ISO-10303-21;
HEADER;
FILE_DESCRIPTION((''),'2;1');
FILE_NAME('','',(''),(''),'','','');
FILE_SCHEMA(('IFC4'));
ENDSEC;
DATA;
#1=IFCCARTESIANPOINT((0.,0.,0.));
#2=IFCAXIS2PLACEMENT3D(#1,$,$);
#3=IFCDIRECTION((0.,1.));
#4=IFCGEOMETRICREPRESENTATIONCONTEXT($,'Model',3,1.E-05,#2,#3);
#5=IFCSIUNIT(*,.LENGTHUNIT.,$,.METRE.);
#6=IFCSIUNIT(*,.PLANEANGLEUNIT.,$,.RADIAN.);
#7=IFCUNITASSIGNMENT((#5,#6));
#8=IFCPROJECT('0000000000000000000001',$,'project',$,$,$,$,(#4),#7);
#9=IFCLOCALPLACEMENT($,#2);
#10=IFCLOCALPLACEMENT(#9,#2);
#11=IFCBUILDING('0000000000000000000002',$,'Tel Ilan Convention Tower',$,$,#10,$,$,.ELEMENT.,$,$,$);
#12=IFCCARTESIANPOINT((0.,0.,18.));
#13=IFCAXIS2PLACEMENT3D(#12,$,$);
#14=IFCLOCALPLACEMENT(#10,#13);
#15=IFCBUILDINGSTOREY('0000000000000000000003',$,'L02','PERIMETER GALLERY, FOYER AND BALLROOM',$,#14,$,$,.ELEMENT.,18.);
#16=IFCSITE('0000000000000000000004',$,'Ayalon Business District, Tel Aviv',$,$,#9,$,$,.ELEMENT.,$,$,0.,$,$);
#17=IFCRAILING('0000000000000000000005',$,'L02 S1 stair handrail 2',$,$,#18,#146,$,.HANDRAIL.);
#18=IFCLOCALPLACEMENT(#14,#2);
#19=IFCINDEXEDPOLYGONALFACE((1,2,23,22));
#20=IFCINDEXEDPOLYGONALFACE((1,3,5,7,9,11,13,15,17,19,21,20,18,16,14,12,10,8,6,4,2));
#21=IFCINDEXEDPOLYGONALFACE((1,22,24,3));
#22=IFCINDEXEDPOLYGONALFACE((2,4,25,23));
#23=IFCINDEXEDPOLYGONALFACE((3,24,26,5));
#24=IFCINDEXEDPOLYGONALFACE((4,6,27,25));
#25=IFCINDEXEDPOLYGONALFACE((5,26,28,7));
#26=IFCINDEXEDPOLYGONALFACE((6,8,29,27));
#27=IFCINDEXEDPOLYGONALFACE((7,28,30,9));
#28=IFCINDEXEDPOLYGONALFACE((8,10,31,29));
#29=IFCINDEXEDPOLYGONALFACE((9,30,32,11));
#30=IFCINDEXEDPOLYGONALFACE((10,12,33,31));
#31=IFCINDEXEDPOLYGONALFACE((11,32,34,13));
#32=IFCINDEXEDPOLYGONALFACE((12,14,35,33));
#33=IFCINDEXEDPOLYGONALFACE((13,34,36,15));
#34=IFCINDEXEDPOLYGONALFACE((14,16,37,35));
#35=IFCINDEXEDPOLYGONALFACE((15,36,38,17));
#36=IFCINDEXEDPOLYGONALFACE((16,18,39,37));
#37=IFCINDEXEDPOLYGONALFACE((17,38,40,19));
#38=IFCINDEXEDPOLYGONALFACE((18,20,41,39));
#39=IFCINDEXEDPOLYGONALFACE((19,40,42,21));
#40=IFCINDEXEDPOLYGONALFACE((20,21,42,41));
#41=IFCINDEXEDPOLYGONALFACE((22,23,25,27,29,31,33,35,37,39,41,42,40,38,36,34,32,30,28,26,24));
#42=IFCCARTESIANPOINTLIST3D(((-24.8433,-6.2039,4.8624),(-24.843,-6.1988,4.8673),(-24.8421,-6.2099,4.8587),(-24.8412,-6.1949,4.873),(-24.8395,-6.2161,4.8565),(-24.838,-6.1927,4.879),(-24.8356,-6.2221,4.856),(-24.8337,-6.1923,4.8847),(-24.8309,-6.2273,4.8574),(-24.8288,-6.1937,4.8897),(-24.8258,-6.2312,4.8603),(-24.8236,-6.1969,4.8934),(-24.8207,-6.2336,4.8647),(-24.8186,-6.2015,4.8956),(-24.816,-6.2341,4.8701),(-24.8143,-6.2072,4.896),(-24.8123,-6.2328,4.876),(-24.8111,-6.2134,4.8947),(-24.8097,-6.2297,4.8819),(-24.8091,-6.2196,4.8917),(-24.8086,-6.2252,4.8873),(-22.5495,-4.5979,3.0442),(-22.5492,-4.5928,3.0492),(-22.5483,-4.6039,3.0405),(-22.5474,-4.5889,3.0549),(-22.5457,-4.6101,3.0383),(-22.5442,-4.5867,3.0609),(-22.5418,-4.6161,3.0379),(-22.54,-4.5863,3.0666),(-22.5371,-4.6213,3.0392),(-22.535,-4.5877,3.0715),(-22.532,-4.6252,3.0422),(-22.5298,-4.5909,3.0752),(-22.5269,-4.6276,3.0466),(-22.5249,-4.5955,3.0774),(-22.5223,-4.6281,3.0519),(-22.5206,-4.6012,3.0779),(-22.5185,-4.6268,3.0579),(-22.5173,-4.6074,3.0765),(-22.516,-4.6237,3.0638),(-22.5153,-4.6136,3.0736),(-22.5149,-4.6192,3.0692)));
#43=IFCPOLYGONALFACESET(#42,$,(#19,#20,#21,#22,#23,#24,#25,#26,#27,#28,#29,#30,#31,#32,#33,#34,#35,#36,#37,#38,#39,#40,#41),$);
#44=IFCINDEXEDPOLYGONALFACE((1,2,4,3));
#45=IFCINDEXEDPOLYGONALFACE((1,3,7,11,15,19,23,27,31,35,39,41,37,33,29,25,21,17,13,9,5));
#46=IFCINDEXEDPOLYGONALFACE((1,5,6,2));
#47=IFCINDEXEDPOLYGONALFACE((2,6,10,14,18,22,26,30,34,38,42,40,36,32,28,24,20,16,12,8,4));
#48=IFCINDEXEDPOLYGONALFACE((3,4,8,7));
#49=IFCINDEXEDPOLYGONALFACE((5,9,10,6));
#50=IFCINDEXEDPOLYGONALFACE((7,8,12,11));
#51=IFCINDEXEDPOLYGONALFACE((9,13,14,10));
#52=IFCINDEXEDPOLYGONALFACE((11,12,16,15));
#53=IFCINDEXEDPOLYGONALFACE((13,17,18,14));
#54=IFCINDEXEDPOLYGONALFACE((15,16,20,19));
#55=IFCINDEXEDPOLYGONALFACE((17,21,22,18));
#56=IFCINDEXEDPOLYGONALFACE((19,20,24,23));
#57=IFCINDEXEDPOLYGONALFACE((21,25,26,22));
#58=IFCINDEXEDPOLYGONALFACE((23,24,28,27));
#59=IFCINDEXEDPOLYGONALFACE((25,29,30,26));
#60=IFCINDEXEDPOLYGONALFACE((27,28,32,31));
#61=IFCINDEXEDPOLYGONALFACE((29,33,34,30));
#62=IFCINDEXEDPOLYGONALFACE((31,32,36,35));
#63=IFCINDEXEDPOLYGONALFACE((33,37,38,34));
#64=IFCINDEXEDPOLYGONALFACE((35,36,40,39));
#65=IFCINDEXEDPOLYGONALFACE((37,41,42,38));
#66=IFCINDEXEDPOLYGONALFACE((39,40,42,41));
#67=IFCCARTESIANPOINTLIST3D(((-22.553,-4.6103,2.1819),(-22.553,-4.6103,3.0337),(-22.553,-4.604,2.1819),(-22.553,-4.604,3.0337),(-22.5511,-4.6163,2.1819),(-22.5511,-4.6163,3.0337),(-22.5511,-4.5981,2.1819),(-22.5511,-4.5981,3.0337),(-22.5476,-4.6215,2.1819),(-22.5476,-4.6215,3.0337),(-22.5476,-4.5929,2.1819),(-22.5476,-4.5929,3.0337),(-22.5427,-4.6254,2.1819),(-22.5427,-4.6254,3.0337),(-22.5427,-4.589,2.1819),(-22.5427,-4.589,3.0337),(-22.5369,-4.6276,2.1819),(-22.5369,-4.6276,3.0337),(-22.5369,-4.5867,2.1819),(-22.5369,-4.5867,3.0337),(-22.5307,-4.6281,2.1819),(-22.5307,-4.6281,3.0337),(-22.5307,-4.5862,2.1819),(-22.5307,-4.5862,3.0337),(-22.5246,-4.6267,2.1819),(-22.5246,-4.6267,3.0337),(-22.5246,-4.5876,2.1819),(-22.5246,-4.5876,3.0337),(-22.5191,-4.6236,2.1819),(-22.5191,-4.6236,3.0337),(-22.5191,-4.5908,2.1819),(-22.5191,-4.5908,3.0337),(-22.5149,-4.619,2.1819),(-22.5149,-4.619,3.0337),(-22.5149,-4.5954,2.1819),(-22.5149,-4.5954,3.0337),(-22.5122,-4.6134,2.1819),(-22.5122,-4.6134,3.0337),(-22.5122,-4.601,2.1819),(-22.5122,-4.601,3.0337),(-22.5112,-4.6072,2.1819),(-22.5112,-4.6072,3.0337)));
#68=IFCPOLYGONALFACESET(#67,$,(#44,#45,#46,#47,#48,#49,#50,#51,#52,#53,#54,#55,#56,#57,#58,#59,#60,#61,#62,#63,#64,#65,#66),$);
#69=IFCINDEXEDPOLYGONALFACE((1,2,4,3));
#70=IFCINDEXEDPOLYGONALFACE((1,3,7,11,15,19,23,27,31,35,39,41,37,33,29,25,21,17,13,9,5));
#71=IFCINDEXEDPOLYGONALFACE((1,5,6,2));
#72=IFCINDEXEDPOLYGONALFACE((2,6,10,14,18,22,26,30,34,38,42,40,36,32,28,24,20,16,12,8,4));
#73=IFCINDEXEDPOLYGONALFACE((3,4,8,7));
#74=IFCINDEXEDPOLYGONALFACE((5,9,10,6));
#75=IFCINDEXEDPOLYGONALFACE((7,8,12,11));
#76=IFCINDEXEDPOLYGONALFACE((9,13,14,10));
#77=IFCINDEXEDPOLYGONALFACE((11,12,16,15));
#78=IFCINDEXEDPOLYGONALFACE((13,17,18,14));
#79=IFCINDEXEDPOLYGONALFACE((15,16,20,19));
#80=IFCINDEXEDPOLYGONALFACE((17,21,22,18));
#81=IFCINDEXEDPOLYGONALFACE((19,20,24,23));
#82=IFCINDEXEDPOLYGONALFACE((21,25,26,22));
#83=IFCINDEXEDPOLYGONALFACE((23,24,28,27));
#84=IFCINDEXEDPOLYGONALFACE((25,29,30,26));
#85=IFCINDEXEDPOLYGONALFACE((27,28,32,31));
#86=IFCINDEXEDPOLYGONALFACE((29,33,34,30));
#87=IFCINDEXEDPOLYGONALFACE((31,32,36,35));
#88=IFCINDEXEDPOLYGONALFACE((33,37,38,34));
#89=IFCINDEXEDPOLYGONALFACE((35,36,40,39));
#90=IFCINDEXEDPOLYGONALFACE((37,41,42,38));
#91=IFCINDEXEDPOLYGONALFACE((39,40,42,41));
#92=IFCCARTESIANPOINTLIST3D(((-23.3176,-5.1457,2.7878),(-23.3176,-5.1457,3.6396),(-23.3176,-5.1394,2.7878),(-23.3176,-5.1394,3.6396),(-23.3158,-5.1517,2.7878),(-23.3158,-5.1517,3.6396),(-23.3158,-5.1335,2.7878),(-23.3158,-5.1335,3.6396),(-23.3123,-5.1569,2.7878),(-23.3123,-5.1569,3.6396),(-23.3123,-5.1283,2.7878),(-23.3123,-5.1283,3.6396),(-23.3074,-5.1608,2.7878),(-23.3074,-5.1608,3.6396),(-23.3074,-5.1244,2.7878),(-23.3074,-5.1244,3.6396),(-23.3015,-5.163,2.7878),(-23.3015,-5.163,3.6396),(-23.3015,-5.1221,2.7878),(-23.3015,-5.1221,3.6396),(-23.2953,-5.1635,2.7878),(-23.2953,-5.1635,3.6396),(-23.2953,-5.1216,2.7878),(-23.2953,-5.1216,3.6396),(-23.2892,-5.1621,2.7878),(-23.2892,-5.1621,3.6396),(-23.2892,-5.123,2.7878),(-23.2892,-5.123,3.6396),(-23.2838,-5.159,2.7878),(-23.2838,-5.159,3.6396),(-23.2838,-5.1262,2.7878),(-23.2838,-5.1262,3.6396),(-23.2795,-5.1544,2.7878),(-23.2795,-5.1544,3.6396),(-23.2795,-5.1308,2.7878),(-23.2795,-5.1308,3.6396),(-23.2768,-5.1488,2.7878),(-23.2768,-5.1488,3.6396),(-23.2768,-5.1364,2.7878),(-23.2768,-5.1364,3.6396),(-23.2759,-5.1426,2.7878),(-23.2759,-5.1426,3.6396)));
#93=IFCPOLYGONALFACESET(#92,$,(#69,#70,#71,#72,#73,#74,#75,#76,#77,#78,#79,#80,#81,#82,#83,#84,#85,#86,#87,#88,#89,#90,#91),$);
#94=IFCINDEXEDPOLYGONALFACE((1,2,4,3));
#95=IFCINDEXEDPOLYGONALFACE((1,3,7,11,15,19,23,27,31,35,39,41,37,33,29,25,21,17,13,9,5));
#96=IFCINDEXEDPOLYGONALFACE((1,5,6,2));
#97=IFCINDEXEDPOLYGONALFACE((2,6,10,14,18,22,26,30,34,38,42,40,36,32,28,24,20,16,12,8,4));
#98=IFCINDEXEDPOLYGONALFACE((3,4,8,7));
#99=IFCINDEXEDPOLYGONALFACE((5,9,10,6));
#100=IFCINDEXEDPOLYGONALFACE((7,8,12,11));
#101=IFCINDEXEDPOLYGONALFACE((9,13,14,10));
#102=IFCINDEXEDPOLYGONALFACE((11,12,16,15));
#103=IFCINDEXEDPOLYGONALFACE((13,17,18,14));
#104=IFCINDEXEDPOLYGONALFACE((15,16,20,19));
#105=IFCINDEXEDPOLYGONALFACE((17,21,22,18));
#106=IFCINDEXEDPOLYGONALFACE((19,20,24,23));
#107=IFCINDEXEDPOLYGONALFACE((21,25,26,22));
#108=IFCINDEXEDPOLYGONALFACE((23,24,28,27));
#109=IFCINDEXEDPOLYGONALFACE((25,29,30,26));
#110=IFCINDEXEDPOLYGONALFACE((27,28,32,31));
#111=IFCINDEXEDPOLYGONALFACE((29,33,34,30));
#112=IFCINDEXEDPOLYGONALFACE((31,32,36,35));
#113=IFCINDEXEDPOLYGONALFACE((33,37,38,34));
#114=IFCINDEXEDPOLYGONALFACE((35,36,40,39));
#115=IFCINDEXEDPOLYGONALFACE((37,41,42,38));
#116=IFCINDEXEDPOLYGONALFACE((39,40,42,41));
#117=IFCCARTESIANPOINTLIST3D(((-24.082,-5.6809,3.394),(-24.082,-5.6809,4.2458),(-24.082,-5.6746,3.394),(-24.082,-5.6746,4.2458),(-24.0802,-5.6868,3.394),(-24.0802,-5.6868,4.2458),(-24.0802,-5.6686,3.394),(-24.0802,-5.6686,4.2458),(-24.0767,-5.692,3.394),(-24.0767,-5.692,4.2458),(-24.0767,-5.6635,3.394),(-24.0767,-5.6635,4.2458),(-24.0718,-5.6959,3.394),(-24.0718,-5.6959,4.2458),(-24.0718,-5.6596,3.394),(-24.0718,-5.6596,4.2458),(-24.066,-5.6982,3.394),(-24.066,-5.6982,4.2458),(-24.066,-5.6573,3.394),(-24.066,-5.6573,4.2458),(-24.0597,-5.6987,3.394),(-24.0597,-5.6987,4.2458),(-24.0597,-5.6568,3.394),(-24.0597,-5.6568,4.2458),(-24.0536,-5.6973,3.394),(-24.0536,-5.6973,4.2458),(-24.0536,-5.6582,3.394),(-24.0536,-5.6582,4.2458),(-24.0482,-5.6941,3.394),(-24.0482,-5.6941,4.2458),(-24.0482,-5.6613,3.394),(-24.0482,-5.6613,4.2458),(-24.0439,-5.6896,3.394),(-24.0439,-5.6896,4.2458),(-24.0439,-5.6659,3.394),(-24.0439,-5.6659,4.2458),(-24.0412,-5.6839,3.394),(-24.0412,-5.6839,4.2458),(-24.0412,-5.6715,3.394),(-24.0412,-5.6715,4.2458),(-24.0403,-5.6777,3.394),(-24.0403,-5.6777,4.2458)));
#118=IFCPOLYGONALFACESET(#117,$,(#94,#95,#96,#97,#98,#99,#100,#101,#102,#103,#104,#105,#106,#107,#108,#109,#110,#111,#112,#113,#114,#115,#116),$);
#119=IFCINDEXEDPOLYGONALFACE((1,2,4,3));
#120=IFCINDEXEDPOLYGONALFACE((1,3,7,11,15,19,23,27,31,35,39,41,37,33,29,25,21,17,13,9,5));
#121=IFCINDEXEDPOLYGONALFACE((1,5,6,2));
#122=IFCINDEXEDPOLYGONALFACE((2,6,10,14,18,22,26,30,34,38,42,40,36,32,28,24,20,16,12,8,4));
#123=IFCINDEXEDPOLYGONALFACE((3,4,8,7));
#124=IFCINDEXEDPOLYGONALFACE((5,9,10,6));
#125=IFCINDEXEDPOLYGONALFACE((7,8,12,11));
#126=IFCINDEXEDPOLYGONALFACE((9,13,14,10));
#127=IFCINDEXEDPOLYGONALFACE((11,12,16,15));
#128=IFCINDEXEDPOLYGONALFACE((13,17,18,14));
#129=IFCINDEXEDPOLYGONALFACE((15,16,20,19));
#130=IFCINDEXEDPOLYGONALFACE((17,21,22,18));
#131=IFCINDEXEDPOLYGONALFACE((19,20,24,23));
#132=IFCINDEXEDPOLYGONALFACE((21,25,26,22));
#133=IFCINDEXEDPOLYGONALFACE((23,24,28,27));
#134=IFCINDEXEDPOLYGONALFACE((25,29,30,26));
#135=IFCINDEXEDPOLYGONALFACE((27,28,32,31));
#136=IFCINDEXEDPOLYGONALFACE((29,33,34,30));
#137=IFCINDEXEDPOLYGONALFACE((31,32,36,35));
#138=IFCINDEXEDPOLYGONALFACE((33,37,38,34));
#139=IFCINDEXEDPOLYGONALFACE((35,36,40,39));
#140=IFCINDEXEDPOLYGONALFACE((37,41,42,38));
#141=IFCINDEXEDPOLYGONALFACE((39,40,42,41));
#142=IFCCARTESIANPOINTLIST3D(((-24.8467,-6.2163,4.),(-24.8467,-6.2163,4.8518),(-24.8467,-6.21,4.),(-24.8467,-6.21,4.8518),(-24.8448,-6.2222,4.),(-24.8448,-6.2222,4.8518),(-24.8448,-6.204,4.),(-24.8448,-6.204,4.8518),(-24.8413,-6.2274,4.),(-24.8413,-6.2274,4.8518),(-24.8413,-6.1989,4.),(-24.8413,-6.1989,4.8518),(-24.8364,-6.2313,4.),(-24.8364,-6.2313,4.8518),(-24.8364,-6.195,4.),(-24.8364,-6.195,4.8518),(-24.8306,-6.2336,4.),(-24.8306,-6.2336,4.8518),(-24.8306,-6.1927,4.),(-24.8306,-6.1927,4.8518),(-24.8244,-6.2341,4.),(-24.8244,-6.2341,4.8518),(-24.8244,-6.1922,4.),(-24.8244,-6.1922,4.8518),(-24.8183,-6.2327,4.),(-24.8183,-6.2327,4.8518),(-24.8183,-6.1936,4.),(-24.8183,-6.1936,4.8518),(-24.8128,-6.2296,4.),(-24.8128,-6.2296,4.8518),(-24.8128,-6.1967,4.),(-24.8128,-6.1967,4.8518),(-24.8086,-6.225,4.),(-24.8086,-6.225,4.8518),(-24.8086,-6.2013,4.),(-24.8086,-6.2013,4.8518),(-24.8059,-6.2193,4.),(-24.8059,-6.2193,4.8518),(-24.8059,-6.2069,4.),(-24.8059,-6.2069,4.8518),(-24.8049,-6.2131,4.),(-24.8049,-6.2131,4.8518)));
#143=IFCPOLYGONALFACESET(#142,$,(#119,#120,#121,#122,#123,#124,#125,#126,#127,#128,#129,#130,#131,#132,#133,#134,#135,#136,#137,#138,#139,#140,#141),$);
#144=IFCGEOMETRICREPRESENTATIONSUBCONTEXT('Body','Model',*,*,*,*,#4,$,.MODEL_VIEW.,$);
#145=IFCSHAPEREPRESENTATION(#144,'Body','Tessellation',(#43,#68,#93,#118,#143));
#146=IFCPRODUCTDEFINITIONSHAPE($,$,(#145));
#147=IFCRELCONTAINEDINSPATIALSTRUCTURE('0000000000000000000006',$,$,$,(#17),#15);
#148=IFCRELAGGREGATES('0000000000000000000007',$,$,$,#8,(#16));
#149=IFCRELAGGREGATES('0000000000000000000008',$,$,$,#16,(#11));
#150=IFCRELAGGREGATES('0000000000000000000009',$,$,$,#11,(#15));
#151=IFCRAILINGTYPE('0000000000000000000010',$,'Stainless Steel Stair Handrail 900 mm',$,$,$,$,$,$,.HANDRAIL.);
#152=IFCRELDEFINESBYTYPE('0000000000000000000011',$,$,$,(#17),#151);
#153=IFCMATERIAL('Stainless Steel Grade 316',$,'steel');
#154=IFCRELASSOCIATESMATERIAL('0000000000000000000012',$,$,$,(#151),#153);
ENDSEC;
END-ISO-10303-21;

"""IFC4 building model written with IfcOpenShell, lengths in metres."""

from ifc_helpers import new_model, si_unit, direction, frame, origin, origin_2d, place, context, subcontext, project, spatial, circle, extrude, material, type_object, element, save


model = new_model("IFC4")

# Units and contexts
model_context = context("Model", 3, precision=1e-05, world=origin(), true_north=direction((0.0, 1.0)))
body_context = subcontext(model_context, "Body", "Model", "MODEL_VIEW")
ifc_project = project(units=[si_unit("LENGTHUNIT", "METRE"), si_unit("PLANEANGLEUNIT", "RADIAN")], contexts=[model_context])

# Site, building, storey
site_placement = place(None, origin())
site = spatial("IfcSite", under=ifc_project, at=site_placement, Name="Ayalon Business District, Tel Aviv", CompositionType="ELEMENT", RefElevation=0.0)
building_placement = place(site_placement, origin())
building = spatial("IfcBuilding", under=site, at=building_placement, Name="Tel Ilan Convention Tower", CompositionType="ELEMENT")
storey_placement = place(building_placement, frame((0.0, 0.0, 18.0)))
storey = spatial("IfcBuildingStorey", under=building, at=storey_placement, Name="L02", Description="PERIMETER GALLERY, FOYER AND BALLROOM", CompositionType="ELEMENT", Elevation=18.0)

# Railing
ifc_material_1 = material(Name="Stainless Steel Grade 316", Category="steel")
railing_type = type_object("IfcRailingType", Name="Stainless Steel Stair Handrail 900 mm", PredefinedType="HANDRAIL", material=ifc_material_1)
railing_1_placement = place(storey_placement, frame((-22.5322, -4.6072, 2.1819)))
element("IfcRailing", 1, at=railing_1_placement, inside=storey, type_object=railing_type, Name="L02 S1 stair handrail 2", PredefinedType="HANDRAIL", context=body_context, shape_type="SweptSolid", body=[
    extrude(circle(Radius=0.0239, at=origin_2d()), frame((0.0, 0.0, 0.876), z_axis=(-0.687042, -0.481039, 0.544587), x_axis=(0.57355, -0.81917, 0.0)), (0.0, 0.0, 1.0), 3.3386),
    extrude(circle(Radius=0.021, at=origin_2d()), origin(), (0.0, 0.0, 1.0), 0.8518),
    extrude(circle(Radius=0.021, at=origin_2d()), frame((-0.7646, -0.5354, 0.606)), (0.0, 0.0, 1.0), 0.8518),
    extrude(circle(Radius=0.021, at=origin_2d()), frame((-1.5291, -1.0706, 1.2122)), (0.0, 0.0, 1.0), 0.8518),
    extrude(circle(Radius=0.021, at=origin_2d()), frame((-2.2937, -1.606, 1.8181)), (0.0, 0.0, 1.0), 0.8518),
])

save(model, "model.ifc")
